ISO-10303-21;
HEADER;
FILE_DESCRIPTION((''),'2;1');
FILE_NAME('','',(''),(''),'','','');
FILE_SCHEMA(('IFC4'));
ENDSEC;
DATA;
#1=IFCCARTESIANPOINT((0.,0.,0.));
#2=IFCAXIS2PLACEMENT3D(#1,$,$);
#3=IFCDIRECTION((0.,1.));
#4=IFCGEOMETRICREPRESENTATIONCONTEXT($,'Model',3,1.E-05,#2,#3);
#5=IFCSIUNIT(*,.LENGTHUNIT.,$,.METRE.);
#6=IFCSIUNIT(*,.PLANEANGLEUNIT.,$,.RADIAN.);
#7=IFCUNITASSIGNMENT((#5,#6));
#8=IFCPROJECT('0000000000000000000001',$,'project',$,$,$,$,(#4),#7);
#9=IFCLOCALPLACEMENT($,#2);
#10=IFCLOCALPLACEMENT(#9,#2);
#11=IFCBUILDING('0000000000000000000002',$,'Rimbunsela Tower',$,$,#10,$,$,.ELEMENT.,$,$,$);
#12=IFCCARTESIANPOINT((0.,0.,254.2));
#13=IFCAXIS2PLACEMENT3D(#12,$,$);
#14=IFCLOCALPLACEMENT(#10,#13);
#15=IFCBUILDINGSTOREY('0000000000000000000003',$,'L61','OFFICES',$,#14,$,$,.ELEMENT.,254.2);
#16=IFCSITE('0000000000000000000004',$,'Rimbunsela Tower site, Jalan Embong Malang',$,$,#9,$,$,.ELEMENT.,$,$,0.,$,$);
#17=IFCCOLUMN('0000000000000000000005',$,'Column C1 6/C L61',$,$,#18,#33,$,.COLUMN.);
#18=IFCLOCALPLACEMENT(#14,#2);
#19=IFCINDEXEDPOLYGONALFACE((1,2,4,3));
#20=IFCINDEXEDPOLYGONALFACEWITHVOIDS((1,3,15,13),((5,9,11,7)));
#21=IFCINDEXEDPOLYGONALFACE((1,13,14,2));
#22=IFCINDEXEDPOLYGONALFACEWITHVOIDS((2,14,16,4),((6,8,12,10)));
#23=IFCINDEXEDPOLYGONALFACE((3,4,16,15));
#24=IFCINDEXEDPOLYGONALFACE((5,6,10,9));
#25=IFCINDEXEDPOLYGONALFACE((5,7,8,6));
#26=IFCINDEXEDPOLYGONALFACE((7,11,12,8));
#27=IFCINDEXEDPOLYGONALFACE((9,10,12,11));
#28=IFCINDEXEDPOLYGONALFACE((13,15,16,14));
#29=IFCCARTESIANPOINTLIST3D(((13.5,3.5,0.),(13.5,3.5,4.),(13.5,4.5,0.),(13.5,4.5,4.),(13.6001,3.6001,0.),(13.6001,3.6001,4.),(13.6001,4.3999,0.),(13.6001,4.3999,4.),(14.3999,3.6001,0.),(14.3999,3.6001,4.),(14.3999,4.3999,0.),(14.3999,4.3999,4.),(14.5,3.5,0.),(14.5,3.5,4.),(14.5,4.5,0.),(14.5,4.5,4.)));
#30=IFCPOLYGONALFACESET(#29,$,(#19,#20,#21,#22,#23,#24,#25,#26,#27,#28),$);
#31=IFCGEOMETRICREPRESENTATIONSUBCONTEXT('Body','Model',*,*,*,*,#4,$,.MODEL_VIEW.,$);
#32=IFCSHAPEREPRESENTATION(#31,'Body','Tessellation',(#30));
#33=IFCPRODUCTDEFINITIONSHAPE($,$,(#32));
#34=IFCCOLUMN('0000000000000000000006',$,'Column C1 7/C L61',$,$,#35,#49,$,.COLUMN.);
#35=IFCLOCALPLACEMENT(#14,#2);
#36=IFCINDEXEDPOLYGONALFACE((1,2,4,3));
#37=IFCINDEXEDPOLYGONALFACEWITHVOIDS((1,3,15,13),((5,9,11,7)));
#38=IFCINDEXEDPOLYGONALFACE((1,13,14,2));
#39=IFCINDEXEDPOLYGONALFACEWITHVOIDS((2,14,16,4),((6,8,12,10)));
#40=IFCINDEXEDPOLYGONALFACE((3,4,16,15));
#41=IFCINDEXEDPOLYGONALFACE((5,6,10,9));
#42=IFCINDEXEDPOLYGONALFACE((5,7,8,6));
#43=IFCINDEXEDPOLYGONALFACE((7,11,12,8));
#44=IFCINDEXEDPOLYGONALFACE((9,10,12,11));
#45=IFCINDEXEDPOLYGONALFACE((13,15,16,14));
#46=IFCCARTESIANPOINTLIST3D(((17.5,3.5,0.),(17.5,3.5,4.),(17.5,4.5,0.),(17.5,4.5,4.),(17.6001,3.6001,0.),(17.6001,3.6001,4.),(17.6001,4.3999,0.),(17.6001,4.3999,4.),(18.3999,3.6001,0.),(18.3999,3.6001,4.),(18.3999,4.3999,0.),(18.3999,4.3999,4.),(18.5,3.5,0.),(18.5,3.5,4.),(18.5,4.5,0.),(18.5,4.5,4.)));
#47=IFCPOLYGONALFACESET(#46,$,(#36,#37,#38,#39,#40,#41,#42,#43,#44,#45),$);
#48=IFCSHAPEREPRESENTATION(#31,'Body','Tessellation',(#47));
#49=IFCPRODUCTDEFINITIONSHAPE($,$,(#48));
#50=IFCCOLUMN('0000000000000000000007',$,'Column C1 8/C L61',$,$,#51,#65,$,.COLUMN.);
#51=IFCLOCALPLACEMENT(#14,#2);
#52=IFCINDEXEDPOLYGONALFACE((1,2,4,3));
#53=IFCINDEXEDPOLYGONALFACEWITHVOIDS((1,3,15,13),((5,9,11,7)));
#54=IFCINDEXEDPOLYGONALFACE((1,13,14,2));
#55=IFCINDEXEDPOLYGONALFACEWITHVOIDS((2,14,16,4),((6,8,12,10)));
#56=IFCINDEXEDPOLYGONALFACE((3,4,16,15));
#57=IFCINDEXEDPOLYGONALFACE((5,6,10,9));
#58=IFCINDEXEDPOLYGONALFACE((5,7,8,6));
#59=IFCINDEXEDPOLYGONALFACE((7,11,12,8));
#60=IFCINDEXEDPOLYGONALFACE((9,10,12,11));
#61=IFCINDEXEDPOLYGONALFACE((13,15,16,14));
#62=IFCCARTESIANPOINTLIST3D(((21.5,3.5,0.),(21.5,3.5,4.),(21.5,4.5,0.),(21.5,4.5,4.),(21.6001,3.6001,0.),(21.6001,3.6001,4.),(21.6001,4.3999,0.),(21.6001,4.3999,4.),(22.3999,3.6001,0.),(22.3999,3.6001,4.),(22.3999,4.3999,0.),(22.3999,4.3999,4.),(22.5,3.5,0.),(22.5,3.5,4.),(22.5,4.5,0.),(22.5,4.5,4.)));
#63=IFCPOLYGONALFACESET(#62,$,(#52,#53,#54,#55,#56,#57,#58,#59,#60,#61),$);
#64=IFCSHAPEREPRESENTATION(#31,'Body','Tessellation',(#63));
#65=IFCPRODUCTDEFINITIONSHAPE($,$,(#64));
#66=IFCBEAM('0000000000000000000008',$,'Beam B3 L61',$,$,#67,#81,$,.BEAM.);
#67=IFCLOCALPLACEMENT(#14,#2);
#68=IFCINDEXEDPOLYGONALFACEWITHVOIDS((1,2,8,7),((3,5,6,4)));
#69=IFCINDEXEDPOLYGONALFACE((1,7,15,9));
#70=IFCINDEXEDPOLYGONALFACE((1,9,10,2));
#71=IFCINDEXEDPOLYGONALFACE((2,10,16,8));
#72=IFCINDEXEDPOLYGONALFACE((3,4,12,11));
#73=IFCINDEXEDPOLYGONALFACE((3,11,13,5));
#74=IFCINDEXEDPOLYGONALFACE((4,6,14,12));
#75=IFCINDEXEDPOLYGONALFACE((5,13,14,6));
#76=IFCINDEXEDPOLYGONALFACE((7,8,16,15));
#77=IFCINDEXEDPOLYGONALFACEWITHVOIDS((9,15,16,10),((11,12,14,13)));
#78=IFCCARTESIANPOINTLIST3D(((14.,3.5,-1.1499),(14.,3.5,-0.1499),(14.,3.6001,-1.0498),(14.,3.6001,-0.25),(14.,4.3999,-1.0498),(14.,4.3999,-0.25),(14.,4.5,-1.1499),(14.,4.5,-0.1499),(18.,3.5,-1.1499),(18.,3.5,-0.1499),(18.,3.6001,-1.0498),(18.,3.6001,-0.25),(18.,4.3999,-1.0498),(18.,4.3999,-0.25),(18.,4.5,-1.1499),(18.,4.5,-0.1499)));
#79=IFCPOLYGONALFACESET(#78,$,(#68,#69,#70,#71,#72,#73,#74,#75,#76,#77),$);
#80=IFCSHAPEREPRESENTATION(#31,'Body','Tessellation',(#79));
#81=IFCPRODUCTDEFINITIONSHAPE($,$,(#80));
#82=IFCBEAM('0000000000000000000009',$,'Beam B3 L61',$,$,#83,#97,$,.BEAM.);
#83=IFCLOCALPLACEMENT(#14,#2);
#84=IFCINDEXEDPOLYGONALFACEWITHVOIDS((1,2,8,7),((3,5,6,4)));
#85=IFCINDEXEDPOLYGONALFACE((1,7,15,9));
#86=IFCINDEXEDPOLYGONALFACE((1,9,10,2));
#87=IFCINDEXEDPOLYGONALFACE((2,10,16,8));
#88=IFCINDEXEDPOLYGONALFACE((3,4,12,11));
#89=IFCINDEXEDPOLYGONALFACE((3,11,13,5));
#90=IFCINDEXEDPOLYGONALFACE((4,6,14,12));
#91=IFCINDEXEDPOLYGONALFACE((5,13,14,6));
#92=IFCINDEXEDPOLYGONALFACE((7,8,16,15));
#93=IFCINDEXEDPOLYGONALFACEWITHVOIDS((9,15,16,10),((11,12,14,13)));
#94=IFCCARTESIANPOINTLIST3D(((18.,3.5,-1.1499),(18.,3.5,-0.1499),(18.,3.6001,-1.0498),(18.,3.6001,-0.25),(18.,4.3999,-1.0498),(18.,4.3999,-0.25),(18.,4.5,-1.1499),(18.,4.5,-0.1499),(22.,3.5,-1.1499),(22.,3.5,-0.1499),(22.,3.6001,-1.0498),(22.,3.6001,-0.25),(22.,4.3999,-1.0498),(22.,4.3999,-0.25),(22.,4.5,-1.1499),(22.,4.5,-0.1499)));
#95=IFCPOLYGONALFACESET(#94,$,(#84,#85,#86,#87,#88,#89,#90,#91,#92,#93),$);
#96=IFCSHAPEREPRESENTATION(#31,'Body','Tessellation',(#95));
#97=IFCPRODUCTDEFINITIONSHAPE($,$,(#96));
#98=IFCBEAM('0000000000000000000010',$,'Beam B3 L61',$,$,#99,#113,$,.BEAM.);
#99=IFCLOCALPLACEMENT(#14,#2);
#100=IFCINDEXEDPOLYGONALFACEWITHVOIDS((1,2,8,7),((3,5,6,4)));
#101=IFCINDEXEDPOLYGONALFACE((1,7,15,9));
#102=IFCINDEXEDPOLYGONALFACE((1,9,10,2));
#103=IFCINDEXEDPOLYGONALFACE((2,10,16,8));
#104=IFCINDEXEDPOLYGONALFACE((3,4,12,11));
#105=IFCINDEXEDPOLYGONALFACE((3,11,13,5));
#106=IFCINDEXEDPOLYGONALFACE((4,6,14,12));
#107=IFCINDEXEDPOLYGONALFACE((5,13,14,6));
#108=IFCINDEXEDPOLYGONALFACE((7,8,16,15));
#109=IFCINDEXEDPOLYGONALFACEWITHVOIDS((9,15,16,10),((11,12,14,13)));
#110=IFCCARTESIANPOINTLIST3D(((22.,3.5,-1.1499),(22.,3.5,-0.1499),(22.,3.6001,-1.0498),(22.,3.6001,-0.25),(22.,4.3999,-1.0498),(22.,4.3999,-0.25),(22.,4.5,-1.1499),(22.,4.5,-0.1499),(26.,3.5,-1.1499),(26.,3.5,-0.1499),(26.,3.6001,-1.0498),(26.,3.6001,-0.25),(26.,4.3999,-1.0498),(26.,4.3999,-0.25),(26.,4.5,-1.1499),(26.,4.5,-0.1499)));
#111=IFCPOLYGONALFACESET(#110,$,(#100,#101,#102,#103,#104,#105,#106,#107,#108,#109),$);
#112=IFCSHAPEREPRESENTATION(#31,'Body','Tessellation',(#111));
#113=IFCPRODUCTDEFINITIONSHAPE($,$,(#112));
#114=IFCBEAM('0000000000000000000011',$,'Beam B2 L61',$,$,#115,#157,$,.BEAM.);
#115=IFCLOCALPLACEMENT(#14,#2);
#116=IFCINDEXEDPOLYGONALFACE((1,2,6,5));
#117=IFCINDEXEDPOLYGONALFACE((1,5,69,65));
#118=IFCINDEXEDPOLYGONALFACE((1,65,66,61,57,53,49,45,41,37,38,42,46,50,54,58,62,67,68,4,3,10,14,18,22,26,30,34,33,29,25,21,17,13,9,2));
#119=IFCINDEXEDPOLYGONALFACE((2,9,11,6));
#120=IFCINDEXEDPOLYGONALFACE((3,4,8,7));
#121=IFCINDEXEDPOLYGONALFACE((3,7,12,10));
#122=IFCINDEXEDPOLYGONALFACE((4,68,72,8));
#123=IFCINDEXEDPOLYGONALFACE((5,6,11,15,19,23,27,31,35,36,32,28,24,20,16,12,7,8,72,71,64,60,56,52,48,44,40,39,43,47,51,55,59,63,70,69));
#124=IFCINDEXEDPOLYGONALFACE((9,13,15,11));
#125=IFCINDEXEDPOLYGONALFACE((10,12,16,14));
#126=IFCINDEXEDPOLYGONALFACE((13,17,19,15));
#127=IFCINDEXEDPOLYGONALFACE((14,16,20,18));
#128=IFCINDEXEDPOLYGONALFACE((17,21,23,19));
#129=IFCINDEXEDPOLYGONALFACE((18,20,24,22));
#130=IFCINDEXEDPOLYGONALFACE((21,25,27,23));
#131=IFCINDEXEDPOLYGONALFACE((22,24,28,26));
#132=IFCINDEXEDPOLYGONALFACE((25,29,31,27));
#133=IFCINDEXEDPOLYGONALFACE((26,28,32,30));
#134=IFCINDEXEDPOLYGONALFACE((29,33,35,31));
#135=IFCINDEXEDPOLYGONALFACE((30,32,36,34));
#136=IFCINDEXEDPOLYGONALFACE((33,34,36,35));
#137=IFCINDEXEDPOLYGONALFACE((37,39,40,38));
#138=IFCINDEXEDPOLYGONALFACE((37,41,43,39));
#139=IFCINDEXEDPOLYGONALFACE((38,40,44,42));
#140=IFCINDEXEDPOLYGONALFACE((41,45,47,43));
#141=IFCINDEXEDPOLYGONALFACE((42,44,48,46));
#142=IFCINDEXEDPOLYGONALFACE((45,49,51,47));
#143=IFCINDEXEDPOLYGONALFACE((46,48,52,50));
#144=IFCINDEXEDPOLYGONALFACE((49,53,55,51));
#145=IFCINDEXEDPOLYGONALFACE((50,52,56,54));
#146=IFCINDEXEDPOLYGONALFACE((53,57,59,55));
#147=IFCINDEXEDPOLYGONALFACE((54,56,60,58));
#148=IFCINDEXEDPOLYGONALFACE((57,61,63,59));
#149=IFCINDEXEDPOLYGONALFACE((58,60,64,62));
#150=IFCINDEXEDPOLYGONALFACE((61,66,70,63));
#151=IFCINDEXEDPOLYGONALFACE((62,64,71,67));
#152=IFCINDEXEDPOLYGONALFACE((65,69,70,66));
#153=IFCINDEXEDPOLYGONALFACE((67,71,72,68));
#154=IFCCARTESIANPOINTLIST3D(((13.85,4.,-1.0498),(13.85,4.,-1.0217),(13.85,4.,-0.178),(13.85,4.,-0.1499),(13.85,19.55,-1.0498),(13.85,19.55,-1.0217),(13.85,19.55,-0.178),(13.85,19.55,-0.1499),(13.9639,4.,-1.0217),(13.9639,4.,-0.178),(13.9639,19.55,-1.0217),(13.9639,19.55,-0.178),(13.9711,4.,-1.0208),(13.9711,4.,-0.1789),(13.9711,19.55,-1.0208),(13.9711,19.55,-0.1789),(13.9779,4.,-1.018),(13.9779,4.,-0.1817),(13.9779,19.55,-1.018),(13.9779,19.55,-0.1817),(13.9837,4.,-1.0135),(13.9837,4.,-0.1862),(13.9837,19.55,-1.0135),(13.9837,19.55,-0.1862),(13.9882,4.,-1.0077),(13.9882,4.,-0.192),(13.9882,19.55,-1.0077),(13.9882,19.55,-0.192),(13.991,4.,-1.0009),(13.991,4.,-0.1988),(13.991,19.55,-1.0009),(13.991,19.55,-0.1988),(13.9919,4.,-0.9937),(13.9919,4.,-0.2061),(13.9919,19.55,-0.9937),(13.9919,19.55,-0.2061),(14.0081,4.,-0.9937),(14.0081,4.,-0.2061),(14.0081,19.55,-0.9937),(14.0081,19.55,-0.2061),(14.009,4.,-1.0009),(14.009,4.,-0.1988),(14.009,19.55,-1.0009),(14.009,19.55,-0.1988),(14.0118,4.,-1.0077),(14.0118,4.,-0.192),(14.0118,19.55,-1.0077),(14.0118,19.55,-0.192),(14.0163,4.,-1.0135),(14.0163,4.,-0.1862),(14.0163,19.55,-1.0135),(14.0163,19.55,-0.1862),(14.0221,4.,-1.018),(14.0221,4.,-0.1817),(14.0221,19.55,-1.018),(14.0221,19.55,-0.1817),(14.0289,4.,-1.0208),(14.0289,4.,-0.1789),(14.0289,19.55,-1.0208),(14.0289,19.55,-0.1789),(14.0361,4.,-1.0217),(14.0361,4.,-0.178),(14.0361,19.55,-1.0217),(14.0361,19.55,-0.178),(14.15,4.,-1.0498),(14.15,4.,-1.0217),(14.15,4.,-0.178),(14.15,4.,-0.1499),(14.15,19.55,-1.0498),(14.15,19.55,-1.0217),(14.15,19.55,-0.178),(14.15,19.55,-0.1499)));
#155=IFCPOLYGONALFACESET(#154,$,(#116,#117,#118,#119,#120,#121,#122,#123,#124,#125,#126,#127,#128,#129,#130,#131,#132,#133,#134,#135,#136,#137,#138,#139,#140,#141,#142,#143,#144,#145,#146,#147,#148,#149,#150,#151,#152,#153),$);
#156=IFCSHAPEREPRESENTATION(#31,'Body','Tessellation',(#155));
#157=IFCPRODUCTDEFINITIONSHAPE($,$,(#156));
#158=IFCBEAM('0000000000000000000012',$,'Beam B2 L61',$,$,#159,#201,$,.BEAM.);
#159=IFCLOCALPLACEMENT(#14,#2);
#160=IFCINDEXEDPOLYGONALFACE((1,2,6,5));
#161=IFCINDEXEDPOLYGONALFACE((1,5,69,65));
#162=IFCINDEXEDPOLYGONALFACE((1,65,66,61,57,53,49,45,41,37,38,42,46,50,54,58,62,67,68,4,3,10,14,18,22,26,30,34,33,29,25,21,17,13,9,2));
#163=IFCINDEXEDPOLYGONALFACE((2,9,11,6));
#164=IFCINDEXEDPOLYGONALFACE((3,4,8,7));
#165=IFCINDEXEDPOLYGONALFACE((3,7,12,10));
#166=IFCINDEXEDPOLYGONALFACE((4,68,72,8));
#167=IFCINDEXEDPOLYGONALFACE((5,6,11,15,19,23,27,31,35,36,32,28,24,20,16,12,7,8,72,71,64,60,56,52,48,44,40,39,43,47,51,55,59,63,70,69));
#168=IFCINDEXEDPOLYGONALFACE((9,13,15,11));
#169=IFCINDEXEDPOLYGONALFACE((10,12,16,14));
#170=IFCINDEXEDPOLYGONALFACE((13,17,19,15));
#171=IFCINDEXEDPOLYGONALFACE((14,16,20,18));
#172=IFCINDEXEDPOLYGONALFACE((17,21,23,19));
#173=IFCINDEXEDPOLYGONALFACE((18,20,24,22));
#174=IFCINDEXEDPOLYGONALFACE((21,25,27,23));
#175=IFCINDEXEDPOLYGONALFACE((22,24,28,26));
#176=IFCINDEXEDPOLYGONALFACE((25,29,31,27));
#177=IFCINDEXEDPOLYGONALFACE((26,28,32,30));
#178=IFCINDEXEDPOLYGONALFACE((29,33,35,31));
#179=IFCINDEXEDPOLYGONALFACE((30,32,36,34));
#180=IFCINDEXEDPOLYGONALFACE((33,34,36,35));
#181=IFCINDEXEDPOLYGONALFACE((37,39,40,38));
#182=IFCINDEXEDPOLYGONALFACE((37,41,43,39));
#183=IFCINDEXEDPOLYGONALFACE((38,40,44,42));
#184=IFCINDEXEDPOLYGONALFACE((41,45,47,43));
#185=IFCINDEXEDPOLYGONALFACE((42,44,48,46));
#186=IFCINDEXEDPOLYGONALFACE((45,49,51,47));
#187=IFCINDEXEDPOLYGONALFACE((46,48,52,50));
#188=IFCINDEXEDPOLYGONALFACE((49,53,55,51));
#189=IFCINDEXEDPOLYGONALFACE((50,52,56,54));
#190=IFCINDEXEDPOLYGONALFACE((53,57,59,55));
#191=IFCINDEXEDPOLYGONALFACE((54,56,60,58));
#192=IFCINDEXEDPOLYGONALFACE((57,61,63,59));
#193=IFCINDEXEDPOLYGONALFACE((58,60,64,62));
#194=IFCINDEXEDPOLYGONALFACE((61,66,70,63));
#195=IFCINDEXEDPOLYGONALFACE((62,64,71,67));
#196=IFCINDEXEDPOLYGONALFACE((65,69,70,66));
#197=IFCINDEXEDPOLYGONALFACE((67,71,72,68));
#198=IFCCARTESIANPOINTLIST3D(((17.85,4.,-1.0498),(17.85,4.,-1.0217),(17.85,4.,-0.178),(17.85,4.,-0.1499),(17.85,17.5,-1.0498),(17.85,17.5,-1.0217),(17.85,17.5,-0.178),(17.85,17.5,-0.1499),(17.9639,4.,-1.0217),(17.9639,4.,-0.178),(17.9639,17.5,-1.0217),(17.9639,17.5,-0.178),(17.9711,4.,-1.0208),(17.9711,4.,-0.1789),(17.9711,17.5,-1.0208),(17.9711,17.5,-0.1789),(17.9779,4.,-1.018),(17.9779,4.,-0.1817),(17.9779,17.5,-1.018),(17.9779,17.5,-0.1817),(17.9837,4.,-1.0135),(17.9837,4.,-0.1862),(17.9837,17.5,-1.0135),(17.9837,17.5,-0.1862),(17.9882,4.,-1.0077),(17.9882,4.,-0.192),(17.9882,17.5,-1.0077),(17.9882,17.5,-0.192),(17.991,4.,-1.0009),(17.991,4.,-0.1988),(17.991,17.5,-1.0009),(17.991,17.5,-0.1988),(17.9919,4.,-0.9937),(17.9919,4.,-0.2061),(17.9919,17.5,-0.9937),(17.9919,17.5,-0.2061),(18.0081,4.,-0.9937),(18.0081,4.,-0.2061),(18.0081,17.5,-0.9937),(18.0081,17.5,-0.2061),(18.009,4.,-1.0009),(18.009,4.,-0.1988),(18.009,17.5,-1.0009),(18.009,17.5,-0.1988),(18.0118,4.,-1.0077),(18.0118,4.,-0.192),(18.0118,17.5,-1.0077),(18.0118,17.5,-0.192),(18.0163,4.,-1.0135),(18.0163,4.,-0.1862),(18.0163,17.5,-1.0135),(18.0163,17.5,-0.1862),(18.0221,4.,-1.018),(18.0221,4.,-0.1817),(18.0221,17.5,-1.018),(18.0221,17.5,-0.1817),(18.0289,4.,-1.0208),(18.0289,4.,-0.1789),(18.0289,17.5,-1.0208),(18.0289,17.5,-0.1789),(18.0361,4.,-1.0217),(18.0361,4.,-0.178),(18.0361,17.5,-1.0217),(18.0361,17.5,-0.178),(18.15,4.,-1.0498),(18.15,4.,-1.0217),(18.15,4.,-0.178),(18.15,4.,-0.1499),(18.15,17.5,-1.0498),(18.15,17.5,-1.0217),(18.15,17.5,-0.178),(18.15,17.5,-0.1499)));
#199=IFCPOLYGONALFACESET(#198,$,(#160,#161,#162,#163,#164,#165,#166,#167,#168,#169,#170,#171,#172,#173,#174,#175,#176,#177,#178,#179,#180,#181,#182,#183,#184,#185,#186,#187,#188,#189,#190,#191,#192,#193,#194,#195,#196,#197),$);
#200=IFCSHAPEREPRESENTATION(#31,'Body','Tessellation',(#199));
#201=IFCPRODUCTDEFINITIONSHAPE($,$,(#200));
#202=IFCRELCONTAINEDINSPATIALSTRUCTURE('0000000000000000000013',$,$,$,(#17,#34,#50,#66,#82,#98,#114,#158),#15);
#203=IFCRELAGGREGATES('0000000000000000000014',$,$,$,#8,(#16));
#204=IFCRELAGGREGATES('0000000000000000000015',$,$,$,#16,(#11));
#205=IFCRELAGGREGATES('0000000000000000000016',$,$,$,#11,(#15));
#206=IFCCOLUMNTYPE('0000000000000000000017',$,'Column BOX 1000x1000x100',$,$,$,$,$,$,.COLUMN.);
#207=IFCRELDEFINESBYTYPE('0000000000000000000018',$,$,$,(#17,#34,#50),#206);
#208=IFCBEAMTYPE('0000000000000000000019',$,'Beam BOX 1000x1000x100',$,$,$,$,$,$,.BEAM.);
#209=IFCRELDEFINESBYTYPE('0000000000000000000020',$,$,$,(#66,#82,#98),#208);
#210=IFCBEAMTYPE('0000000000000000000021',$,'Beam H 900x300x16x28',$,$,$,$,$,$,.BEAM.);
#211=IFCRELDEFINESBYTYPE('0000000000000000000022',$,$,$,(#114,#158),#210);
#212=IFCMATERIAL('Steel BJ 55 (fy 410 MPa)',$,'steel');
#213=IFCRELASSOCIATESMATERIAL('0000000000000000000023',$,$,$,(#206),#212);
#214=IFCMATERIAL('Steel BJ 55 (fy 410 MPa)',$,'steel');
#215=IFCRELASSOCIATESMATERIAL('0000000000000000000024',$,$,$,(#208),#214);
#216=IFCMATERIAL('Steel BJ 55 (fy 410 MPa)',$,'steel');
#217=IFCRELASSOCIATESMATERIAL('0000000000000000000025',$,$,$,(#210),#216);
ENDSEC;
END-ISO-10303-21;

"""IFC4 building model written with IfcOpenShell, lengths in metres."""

from ifc_helpers import new_model, si_unit, direction, frame, origin, origin_2d, place, context, subcontext, project, spatial, hollow_rectangle, i_section, extrude, material, material_profile, profile_set, type_object, element, save


model = new_model("IFC4")

# Units and contexts
model_context = context("Model", 3, precision=1e-05, world=origin(), true_north=direction((0.0, 1.0)))
body_context = subcontext(model_context, "Body", "Model", "MODEL_VIEW")
ifc_project = project(units=[si_unit("LENGTHUNIT", "METRE"), si_unit("PLANEANGLEUNIT", "RADIAN")], contexts=[model_context])

# Site, building, storey
site_placement = place(None, origin())
site = spatial("IfcSite", under=ifc_project, at=site_placement, Name="Rimbunsela Tower site, Jalan Embong Malang", CompositionType="ELEMENT", RefElevation=0.0)
building_placement = place(site_placement, origin())
building = spatial("IfcBuilding", under=site, at=building_placement, Name="Rimbunsela Tower", CompositionType="ELEMENT")
storey_placement = place(building_placement, frame((0.0, 0.0, 254.2)))
storey = spatial("IfcBuildingStorey", under=building, at=storey_placement, Name="L61", Description="OFFICES", CompositionType="ELEMENT", Elevation=254.2)

# Columns
ifc_material_1 = material(Name="Steel BJ 55 (fy 410 MPa)", Category="steel")
ifc_material_profile_1 = material_profile(ifc_material_1, hollow_rectangle(XDim=1.0, YDim=1.0, WallThickness=0.1001, at=origin_2d()), Name="BOX 1000x1000x100")
ifc_profile_set_1 = profile_set([ifc_material_profile_1], Name="Steel BJ 55 (fy 410 MPa)")
column_type = type_object("IfcColumnType", Name="Column BOX 1000x1000x100", PredefinedType="COLUMN", material=ifc_profile_set_1)
for number, where, z_axis, x_axis, name in (
    (1, (14.0, 4.0, 0.0), (0.0, 0.0, 1.0), (1.0, 0.0, 0.0), "Column C1 6/C L61"),
    (2, (18.0, 4.0, 0.0), (0.0, 0.0, 1.0), (1.0, 0.0, 0.0), "Column C1 7/C L61"),
    (3, (22.0, 4.0, 0.0), (0.0, 0.0, 1.0), (1.0, 0.0, 0.0), "Column C1 8/C L61"),
):
    element("IfcColumn", number, at=place(storey_placement, frame(where, z_axis=z_axis, x_axis=x_axis)), inside=storey, type_object=column_type, Name=name, PredefinedType="COLUMN", context=body_context, shape_type="SweptSolid", body=[
        extrude(hollow_rectangle(XDim=1.0, YDim=1.0, WallThickness=0.1001, at=origin_2d()), origin(), (0.0, 0.0, 1.0), 4.0),
    ])

# Beams
ifc_material_2 = material(Name="Steel BJ 55 (fy 410 MPa)", Category="steel")
ifc_material_profile_2 = material_profile(ifc_material_2, hollow_rectangle(XDim=1.0, YDim=1.0, WallThickness=0.1001, at=origin_2d()), Name="BOX 1000x1000x100")
ifc_profile_set_2 = profile_set([ifc_material_profile_2], Name="Steel BJ 55 (fy 410 MPa)")
beam_type_1 = type_object("IfcBeamType", Name="Beam BOX 1000x1000x100", PredefinedType="BEAM", material=ifc_profile_set_2)
for number, where, z_axis, x_axis, name in (
    (4, (14.0, 4.0, -0.6499), (1.0, 0.0, 0.0), (0.0, 1.0, 0.0), "Beam B3 L61"),
    (5, (18.0, 4.0, -0.6499), (1.0, 0.0, 0.0), (0.0, 1.0, 0.0), "Beam B3 L61"),
    (6, (22.0, 4.0, -0.6499), (1.0, 0.0, 0.0), (0.0, 1.0, 0.0), "Beam B3 L61"),
):
    element("IfcBeam", number, at=place(storey_placement, frame(where, z_axis=z_axis, x_axis=x_axis)), inside=storey, type_object=beam_type_1, Name=name, PredefinedType="BEAM", context=body_context, shape_type="SweptSolid", body=[
        extrude(hollow_rectangle(XDim=1.0, YDim=1.0, WallThickness=0.1001, at=origin_2d()), origin(), (0.0, 0.0, 1.0), 4.0),
    ])
ifc_material_3 = material(Name="Steel BJ 55 (fy 410 MPa)", Category="steel")
ifc_material_profile_3 = material_profile(ifc_material_3, i_section(OverallWidth=0.3, OverallDepth=0.8999, WebThickness=0.0161, FlangeThickness=0.0281, FilletRadius=0.0281, at=origin_2d()), Name="H 900x300x16x28")
ifc_profile_set_3 = profile_set([ifc_material_profile_3], Name="Steel BJ 55 (fy 410 MPa)")
beam_type_2 = type_object("IfcBeamType", Name="Beam H 900x300x16x28", PredefinedType="BEAM", material=ifc_profile_set_3)
beam_placement = place(storey_placement, frame((14.0, 4.0, -0.5999), z_axis=(0.0, 1.0, 0.0), x_axis=(-1.0, 0.0, 0.0)))
element("IfcBeam", 7, at=beam_placement, inside=storey, type_object=beam_type_2, Name="Beam B2 L61", PredefinedType="BEAM", context=body_context, shape_type="SweptSolid", body=[
    extrude(i_section(OverallWidth=0.3, OverallDepth=0.8999, WebThickness=0.0161, FlangeThickness=0.0281, FilletRadius=0.0281, at=origin_2d()), origin(), (0.0, 0.0, 1.0), 15.55),
])
for number, where, z_axis, x_axis, name in (
    (8, (18.0, 4.0, -0.5999), (0.0, 1.0, 0.0), (-1.0, 0.0, 0.0), "Beam B2 L61"),
):
    element("IfcBeam", number, at=place(storey_placement, frame(where, z_axis=z_axis, x_axis=x_axis)), inside=storey, type_object=beam_type_2, Name=name, PredefinedType="BEAM", context=body_context, shape_type="SweptSolid", body=[
        extrude(i_section(OverallWidth=0.3, OverallDepth=0.8999, WebThickness=0.0161, FlangeThickness=0.0281, FilletRadius=0.0281, at=origin_2d()), origin(), (0.0, 0.0, 1.0), 13.5),
    ])

save(model, "model.ifc")
